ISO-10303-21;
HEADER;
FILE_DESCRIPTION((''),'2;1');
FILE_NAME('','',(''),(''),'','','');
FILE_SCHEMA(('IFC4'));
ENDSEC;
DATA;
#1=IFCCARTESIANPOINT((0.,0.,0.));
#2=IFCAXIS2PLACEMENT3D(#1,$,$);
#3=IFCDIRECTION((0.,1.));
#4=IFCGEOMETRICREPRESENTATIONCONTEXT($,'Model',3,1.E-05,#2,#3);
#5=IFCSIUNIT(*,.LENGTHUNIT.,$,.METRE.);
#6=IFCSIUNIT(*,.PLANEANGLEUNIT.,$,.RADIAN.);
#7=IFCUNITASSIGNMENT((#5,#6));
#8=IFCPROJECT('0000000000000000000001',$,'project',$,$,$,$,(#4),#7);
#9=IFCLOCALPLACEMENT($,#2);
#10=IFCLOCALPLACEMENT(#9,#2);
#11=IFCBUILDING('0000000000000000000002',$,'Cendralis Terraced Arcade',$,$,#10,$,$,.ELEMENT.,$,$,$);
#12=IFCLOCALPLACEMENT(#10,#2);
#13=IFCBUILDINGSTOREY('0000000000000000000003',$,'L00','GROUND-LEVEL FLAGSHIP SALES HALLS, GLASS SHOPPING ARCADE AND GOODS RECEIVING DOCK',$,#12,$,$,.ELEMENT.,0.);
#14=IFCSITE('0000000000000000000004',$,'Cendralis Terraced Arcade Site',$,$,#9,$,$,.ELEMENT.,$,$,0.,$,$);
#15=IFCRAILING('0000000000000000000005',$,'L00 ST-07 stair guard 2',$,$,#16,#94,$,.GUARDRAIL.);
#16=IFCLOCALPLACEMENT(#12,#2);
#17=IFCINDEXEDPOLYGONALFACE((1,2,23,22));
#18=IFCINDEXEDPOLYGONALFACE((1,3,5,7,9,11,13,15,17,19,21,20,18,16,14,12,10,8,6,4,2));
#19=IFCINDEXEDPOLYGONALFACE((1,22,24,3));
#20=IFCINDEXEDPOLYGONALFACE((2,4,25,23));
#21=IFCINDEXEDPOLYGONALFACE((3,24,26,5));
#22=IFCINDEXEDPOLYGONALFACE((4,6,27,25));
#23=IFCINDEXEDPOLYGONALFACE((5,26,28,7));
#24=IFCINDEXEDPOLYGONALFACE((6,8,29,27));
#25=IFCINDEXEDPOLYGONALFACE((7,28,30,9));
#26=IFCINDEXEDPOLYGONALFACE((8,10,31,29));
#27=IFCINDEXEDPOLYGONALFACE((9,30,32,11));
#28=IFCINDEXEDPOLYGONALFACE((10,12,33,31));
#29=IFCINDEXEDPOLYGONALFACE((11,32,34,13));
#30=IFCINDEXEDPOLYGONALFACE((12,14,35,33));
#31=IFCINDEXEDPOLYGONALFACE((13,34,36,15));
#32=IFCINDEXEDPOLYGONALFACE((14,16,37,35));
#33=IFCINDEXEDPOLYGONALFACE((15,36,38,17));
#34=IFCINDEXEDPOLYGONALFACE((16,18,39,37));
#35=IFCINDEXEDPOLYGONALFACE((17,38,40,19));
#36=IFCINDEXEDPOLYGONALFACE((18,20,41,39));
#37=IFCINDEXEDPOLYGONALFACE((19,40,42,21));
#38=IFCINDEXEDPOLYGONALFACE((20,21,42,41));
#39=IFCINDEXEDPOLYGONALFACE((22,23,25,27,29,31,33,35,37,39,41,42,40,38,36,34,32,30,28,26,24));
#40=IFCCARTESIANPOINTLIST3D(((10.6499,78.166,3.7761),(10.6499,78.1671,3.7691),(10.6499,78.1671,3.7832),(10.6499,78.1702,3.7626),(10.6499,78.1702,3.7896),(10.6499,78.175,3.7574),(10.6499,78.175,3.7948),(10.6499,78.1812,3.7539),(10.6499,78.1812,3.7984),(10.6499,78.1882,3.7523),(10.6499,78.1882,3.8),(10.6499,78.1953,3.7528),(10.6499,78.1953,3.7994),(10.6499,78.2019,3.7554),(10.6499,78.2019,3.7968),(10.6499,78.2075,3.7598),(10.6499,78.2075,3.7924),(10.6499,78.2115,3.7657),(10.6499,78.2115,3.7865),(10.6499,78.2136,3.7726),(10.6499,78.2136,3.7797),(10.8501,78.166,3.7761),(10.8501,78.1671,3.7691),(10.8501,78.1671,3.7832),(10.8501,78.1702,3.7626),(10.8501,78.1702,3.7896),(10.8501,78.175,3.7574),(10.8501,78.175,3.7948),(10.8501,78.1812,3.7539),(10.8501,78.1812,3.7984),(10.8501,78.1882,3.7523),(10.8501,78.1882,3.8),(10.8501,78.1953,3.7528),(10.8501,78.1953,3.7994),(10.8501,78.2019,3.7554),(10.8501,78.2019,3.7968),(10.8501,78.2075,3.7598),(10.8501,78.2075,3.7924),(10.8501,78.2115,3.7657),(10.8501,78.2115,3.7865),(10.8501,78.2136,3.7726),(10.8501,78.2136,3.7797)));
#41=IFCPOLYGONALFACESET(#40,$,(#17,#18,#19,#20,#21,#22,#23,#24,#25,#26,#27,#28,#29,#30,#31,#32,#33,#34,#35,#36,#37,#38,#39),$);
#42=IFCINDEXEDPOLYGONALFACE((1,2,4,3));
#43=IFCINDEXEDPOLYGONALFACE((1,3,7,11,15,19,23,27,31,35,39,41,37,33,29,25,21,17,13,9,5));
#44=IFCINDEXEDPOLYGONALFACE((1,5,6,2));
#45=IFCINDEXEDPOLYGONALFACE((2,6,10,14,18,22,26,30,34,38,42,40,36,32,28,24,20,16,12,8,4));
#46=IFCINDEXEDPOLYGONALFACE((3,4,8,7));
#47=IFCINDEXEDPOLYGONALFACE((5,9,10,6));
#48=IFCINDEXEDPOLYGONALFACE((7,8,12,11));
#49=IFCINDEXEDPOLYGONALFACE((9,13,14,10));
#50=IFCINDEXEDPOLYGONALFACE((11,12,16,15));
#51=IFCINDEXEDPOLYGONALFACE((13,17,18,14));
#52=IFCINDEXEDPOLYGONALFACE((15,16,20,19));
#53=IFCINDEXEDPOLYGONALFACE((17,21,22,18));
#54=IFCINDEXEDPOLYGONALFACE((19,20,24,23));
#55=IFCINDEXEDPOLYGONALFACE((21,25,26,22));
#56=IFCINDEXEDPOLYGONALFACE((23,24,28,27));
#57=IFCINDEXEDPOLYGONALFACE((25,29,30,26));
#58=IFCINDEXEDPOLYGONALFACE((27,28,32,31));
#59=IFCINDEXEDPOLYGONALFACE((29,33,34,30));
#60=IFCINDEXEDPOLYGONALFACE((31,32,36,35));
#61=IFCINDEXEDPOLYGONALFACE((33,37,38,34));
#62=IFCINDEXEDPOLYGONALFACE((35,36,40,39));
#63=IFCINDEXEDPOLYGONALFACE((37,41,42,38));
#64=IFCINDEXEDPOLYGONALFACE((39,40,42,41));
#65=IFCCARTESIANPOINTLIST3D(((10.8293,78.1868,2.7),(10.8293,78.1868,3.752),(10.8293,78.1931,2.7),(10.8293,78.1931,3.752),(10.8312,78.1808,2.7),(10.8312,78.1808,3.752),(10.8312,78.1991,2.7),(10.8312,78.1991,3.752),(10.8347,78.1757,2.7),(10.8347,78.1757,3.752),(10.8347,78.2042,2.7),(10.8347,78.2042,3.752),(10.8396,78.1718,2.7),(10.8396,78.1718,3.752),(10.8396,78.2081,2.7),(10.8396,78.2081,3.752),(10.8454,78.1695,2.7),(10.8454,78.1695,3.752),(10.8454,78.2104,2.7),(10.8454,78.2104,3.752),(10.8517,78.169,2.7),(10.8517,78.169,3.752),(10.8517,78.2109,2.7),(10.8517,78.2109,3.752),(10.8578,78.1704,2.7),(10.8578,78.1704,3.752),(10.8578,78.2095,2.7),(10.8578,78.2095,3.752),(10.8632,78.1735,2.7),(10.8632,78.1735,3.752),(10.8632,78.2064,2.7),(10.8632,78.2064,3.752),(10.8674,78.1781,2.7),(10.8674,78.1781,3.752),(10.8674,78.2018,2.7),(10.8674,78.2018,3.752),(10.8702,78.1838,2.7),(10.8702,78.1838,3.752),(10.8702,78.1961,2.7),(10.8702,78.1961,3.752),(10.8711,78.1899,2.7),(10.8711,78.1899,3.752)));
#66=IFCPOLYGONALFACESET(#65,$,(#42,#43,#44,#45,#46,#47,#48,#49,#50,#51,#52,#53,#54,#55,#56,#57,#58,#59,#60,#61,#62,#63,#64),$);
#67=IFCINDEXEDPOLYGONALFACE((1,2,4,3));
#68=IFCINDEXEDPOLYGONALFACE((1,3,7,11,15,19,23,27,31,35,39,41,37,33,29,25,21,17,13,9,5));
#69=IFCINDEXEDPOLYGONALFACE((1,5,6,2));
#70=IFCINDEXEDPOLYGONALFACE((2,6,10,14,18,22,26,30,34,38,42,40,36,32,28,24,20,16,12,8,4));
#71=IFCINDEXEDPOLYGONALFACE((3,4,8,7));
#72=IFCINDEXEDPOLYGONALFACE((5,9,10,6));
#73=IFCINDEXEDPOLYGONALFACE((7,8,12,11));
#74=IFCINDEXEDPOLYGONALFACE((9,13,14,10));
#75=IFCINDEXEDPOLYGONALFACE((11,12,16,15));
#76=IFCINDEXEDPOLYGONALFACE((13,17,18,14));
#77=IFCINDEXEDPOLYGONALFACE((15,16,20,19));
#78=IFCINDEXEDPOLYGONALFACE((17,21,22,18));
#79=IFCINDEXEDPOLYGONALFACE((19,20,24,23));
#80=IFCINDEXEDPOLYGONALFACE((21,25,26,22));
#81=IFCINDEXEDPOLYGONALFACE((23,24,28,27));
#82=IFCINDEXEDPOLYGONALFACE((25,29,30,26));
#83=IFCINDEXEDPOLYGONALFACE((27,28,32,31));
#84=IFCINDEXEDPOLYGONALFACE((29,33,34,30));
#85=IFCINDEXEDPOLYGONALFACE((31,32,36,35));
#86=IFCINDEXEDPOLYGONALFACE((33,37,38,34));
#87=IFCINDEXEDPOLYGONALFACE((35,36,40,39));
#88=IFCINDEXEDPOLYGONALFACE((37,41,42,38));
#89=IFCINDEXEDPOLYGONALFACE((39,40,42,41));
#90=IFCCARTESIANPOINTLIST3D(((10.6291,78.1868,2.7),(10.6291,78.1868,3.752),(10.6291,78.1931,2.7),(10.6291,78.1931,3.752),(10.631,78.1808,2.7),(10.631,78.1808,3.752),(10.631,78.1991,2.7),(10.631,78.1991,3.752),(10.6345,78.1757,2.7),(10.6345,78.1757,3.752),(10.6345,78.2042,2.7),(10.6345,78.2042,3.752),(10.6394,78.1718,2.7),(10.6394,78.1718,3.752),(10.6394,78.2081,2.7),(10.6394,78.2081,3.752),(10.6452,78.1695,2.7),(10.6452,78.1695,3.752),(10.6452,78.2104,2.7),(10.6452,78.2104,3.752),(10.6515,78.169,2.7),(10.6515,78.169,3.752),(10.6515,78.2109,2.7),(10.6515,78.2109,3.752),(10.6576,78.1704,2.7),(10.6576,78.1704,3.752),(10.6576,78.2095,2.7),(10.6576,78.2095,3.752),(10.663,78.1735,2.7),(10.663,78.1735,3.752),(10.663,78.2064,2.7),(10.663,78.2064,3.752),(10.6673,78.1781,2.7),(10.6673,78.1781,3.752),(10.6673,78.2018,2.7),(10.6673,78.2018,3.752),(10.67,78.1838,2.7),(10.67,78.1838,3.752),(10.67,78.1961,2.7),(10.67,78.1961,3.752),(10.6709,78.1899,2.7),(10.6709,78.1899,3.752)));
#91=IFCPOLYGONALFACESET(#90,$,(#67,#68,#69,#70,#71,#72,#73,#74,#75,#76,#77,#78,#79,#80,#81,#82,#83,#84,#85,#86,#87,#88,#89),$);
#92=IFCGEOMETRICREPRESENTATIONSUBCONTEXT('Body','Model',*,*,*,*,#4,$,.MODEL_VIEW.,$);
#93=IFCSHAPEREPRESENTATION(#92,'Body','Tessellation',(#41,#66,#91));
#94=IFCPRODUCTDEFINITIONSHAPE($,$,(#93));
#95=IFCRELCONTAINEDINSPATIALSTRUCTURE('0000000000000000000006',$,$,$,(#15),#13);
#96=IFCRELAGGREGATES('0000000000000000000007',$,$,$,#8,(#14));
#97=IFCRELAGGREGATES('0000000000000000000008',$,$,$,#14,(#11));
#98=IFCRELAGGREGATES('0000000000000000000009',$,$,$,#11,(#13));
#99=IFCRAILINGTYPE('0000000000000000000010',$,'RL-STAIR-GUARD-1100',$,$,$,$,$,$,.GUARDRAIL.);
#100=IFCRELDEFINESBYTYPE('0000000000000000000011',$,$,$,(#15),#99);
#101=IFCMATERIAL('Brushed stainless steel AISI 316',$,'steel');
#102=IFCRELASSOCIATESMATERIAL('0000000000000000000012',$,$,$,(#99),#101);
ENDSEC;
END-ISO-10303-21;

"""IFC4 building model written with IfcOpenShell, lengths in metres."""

from ifc_helpers import new_model, si_unit, direction, frame, origin, origin_2d, place, context, subcontext, project, spatial, circle, extrude, material, type_object, element, save


model = new_model("IFC4")

# Units and contexts
model_context = context("Model", 3, precision=1e-05, world=origin(), true_north=direction((0.0, 1.0)))
body_context = subcontext(model_context, "Body", "Model", "MODEL_VIEW")
ifc_project = project(units=[si_unit("LENGTHUNIT", "METRE"), si_unit("PLANEANGLEUNIT", "RADIAN")], contexts=[model_context])

# Site, building, storey
site_placement = place(None, origin())
site = spatial("IfcSite", under=ifc_project, at=site_placement, Name="Cendralis Terraced Arcade Site", CompositionType="ELEMENT", RefElevation=0.0)
building_placement = place(site_placement, origin())
building = spatial("IfcBuilding", under=site, at=building_placement, Name="Cendralis Terraced Arcade", CompositionType="ELEMENT")
storey_placement = place(building_placement, origin())
storey = spatial("IfcBuildingStorey", under=building, at=storey_placement, Name="L00", Description="GROUND-LEVEL FLAGSHIP SALES HALLS, GLASS SHOPPING ARCADE AND GOODS RECEIVING DOCK", CompositionType="ELEMENT", Elevation=0.0)

# Railing
ifc_material_1 = material(Name="Brushed stainless steel AISI 316", Category="steel")
railing_type_1 = type_object("IfcRailingType", Name="RL-STAIR-GUARD-1100", PredefinedType="GUARDRAIL", material=ifc_material_1)
railing_1_placement = place(storey_placement, frame((10.8501, 78.1899, 2.7)))
element("IfcRailing", 1, at=railing_1_placement, inside=storey, type_object=railing_type_1, Name="L00 ST-07 stair guard 2", PredefinedType="GUARDRAIL", context=body_context, shape_type="SweptSolid", body=[
    extrude(circle(Radius=0.0239, at=origin_2d()), frame((0.0, 0.0, 1.0762), z_axis=(-1.0, 0.0, 0.0), x_axis=(0.0, -1.0, 0.0)), (0.0, 0.0, 1.0), 0.2002),
    extrude(circle(Radius=0.021, at=origin_2d()), origin(), (0.0, 0.0, 1.0), 1.052),
    extrude(circle(Radius=0.021, at=origin_2d()), frame((-0.2002, 0.0, 0.0)), (0.0, 0.0, 1.0), 1.052),
])

save(model, "model.ifc")
